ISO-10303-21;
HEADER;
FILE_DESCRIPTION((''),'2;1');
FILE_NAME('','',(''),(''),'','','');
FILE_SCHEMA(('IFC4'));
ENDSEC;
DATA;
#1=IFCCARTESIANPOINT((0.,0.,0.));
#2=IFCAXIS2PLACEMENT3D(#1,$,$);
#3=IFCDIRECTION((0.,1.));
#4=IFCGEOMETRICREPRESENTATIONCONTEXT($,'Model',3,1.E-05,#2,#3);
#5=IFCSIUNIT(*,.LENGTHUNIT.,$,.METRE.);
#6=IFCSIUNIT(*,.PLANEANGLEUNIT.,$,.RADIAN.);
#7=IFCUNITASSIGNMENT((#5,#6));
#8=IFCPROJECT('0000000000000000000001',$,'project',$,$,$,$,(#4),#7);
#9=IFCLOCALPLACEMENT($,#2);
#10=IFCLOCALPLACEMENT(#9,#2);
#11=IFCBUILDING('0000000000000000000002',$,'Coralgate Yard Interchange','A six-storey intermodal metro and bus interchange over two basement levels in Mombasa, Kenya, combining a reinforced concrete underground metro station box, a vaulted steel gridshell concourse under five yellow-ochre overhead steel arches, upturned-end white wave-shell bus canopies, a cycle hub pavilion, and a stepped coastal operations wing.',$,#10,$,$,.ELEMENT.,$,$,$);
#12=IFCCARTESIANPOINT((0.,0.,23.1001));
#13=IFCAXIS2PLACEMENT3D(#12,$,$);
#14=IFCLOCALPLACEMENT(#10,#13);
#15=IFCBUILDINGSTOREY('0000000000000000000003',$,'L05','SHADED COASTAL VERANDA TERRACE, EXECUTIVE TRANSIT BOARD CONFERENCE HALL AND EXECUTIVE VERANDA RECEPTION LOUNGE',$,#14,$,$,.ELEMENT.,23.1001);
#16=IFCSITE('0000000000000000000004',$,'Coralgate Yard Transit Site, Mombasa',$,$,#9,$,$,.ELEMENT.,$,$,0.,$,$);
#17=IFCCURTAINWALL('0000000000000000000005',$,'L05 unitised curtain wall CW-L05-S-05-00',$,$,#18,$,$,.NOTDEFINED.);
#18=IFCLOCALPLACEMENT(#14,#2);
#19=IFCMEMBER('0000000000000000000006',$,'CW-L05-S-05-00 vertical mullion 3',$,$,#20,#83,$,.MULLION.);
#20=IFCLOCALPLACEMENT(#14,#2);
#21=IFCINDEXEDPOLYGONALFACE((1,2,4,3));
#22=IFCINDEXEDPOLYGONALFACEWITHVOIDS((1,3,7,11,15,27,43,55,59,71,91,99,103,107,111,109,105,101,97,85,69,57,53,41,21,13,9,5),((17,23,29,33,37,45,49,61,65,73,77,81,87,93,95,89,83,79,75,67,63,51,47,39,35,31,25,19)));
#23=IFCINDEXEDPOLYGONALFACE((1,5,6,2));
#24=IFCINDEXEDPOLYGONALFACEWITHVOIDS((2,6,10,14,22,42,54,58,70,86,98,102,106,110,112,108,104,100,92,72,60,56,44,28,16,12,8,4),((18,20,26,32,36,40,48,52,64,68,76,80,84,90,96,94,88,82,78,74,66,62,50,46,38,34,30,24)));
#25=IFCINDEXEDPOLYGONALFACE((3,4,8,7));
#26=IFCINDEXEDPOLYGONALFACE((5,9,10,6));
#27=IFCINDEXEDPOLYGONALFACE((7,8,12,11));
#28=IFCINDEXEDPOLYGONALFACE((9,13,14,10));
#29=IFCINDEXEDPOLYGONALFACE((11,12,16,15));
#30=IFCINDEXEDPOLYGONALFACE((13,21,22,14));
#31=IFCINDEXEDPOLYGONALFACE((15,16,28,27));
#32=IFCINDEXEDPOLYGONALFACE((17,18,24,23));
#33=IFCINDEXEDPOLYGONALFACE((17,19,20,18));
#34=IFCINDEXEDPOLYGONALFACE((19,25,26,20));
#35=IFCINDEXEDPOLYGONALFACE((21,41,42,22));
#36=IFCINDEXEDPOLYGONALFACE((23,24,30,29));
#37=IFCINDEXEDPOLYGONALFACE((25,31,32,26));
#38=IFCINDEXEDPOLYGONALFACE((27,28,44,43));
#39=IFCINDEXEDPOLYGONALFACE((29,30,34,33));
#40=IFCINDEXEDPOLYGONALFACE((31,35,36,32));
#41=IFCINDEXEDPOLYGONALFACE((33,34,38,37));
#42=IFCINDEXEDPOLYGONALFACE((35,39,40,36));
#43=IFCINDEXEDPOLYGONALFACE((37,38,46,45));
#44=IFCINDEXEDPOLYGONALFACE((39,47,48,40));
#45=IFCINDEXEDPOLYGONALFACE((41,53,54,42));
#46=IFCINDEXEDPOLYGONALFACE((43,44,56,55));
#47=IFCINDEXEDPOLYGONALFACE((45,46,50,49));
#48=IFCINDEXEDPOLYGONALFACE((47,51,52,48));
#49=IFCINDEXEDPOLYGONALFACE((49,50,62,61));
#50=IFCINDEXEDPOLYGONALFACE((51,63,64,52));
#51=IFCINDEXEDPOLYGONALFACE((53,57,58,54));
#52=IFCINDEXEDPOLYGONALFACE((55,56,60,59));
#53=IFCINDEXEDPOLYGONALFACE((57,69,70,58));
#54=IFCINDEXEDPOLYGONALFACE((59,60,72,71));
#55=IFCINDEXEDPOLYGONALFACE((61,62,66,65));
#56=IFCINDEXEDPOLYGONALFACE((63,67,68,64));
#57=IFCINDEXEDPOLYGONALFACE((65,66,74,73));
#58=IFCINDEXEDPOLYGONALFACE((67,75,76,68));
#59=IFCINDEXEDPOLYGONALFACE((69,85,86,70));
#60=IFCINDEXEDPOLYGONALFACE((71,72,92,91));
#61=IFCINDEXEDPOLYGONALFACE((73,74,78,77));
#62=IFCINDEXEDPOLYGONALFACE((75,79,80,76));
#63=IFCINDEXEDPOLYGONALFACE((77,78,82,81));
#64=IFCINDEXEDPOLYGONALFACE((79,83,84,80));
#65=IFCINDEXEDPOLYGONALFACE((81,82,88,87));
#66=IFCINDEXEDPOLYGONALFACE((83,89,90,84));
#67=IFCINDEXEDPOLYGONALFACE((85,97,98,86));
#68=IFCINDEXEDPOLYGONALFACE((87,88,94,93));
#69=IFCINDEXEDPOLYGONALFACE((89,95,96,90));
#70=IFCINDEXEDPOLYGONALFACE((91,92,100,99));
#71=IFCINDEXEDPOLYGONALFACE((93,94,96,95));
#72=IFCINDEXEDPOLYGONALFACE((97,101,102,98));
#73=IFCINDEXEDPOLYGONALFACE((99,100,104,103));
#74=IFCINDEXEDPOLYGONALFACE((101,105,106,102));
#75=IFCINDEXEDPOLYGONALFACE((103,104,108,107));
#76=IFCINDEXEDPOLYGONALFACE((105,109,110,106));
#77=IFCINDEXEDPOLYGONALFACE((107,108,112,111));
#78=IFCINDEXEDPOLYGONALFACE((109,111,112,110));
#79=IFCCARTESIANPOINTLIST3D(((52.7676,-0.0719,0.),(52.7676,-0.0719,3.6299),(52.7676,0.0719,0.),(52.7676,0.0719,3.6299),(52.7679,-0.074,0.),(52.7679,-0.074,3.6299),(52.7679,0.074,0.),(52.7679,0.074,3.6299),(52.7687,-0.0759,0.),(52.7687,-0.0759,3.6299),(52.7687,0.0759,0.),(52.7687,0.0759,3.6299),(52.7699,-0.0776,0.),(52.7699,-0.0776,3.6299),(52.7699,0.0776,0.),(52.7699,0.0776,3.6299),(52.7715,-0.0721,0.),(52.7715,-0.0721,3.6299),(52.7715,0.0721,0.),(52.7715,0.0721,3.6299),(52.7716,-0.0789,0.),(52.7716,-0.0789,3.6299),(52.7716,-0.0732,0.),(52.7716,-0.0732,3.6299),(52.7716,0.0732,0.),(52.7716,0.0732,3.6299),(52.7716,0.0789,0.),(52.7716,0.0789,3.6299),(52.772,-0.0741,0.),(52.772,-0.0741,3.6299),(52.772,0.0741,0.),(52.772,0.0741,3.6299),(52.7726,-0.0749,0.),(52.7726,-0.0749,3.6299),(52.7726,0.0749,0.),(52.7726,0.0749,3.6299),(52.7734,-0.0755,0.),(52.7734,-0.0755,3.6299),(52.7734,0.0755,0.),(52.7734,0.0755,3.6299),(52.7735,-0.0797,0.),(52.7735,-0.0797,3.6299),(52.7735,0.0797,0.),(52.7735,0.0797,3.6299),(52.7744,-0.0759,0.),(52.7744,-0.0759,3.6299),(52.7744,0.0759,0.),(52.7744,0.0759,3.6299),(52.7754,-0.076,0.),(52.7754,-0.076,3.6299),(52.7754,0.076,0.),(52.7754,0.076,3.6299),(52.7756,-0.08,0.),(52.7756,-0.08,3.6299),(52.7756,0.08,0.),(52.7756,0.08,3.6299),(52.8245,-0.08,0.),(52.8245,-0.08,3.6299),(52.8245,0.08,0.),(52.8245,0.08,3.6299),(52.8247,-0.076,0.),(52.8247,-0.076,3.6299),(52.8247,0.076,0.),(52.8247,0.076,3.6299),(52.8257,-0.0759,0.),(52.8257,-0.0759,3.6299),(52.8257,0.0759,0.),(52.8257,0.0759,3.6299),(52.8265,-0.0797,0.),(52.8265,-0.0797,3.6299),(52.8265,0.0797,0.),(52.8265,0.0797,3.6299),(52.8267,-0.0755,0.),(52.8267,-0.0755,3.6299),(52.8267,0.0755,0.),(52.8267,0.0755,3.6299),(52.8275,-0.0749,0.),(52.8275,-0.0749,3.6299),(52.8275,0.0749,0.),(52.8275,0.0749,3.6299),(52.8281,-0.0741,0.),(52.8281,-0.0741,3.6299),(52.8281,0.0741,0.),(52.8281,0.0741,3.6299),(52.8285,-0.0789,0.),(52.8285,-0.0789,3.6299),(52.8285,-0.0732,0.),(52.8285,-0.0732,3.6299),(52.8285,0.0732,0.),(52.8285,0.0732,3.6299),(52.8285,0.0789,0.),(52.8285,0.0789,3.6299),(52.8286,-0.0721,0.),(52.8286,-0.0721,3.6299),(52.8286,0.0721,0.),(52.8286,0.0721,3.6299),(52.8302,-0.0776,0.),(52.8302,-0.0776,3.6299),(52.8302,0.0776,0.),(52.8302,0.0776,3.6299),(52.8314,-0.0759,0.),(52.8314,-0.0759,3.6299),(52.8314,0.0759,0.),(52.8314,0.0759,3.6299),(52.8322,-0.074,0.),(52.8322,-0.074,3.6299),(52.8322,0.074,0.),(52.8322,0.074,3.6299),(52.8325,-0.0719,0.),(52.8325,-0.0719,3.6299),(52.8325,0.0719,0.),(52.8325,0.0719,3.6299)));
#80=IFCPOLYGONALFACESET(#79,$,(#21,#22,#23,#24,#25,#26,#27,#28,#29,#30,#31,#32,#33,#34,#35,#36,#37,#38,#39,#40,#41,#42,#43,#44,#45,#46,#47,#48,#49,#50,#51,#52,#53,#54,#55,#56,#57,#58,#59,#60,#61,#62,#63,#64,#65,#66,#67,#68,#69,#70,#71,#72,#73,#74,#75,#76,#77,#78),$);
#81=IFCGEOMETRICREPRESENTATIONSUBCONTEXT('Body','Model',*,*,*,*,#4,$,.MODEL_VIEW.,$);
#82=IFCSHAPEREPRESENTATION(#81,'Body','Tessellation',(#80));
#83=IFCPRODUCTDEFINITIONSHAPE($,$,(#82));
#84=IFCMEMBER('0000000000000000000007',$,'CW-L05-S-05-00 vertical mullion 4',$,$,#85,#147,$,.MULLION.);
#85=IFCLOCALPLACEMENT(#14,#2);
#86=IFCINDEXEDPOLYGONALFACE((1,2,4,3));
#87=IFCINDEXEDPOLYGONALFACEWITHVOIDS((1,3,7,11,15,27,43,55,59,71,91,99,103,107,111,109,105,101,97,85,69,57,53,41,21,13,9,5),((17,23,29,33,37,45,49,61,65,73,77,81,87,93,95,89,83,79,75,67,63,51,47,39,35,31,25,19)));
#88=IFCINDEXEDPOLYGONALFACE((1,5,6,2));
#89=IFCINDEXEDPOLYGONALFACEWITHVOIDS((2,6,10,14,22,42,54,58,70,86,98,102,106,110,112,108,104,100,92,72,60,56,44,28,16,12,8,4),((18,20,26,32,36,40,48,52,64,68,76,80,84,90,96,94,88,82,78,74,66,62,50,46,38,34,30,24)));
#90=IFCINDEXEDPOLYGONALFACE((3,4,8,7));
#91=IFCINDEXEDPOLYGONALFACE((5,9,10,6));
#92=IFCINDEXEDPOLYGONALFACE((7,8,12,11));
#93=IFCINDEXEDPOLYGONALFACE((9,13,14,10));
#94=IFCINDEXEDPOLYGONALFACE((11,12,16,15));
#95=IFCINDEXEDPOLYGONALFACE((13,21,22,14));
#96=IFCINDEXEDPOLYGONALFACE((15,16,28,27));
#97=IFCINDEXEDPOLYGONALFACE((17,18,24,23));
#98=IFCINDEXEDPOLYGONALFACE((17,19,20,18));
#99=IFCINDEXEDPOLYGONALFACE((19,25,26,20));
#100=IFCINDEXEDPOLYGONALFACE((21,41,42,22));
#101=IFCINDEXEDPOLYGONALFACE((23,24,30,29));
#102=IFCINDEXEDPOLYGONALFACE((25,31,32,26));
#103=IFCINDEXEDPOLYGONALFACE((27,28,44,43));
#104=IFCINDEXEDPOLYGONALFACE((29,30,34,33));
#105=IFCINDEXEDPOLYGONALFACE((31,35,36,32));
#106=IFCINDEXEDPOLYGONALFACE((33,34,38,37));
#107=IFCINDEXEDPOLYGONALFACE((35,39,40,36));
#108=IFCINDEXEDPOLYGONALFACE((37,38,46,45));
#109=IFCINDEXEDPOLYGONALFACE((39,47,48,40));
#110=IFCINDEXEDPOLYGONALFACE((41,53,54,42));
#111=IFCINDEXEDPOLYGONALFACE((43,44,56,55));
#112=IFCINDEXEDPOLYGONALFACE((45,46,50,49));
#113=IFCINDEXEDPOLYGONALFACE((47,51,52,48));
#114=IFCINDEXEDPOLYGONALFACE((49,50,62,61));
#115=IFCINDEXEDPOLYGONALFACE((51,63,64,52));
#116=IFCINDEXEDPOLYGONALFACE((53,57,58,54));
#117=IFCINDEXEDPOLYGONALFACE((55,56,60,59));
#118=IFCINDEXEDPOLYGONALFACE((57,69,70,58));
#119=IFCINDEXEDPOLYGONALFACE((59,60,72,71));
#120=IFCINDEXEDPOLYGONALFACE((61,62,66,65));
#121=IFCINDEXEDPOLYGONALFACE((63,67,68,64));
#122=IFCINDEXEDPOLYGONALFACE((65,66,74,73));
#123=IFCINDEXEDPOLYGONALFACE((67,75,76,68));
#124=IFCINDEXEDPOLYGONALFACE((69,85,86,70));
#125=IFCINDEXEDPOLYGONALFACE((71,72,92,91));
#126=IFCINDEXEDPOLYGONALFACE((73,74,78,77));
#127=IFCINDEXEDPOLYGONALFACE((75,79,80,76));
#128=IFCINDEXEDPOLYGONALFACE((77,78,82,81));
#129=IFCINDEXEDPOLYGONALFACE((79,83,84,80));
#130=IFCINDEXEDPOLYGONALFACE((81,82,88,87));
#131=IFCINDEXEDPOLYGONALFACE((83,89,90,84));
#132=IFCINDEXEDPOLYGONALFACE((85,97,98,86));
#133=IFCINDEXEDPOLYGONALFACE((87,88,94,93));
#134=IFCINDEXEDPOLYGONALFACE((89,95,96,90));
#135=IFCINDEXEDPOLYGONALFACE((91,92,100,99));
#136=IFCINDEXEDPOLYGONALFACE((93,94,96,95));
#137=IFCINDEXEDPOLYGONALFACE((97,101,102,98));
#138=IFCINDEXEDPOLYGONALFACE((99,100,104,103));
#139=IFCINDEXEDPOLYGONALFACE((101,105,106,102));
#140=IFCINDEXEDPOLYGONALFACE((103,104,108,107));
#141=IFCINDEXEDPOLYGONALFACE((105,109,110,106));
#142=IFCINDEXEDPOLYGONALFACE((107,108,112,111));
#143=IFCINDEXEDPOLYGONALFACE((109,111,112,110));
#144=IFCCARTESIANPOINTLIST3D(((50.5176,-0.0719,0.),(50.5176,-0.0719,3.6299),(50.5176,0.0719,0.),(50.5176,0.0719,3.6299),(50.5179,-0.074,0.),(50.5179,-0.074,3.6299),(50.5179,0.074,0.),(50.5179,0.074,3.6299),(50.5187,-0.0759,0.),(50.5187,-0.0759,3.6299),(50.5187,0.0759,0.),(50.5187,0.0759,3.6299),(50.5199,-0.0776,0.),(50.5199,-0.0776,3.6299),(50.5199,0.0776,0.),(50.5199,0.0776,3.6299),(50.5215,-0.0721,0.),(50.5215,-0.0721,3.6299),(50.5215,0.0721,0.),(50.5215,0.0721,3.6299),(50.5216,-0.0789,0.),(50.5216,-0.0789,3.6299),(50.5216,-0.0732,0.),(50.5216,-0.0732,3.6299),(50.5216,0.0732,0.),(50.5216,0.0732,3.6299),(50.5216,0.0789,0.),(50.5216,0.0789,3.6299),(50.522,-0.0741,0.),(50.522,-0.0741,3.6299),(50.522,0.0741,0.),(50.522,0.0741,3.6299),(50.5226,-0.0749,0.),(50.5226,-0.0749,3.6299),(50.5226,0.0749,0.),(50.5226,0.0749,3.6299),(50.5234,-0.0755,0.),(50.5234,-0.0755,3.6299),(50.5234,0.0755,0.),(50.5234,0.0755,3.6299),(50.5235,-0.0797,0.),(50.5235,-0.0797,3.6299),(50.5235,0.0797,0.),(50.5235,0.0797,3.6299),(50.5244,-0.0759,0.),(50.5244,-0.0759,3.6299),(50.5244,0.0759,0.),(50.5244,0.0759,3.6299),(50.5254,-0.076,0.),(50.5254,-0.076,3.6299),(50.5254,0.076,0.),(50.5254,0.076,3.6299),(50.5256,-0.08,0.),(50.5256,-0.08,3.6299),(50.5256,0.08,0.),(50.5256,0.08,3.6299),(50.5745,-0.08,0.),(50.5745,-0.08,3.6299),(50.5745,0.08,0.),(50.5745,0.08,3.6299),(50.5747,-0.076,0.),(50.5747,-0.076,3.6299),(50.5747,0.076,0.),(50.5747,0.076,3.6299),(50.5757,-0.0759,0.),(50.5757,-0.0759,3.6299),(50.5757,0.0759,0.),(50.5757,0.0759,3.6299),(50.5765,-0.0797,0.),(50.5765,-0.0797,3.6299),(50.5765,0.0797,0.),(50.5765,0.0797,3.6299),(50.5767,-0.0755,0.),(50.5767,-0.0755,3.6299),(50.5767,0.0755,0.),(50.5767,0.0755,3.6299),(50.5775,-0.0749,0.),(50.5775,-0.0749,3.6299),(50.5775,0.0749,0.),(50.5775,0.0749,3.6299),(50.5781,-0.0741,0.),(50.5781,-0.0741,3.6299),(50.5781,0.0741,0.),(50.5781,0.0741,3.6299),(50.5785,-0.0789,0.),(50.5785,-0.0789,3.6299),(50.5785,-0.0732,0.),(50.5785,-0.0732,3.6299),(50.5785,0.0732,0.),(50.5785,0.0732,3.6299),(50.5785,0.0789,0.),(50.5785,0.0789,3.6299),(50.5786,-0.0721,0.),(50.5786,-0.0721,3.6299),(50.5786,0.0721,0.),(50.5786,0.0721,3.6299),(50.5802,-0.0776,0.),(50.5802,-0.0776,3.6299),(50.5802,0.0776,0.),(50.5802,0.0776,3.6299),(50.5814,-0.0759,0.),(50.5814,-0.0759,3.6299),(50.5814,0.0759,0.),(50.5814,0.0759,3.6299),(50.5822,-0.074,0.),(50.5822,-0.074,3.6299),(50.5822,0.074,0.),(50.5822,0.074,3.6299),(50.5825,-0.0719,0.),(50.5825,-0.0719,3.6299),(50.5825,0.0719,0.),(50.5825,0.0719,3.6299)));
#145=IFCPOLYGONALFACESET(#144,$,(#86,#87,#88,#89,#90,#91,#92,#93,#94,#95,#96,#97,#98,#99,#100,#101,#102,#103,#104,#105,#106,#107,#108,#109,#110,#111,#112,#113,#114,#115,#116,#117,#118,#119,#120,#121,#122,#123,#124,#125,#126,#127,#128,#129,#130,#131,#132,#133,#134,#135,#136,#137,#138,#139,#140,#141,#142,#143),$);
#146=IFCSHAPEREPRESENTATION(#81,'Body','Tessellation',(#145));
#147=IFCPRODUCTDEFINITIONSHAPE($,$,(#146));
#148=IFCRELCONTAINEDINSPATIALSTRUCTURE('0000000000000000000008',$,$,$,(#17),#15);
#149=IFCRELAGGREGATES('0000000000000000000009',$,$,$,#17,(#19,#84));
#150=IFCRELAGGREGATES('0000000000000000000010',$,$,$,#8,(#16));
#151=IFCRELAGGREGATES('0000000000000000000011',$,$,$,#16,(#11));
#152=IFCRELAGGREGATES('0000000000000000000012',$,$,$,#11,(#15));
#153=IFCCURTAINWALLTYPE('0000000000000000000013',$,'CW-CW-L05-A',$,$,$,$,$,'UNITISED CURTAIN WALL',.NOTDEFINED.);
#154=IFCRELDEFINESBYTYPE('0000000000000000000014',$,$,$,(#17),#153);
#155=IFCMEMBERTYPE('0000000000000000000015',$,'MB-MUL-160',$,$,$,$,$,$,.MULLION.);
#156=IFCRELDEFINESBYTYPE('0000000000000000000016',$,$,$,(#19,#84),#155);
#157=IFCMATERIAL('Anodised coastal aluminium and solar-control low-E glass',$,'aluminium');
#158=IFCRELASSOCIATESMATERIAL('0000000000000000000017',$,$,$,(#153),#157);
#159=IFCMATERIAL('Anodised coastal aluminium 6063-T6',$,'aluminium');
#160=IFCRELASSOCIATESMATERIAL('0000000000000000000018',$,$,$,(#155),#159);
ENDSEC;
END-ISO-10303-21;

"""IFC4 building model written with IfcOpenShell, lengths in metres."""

from ifc_helpers import new_model, si_unit, direction, frame, origin, origin_2d, place, context, subcontext, project, spatial, hollow_rectangle, extrude, material, material_profile, profile_set, type_object, element, aggregate, save


model = new_model("IFC4")

# Units and contexts
model_context = context("Model", 3, precision=1e-05, world=origin(), true_north=direction((0.0, 1.0)))
body_context = subcontext(model_context, "Body", "Model", "MODEL_VIEW")
ifc_project = project(units=[si_unit("LENGTHUNIT", "METRE"), si_unit("PLANEANGLEUNIT", "RADIAN")], contexts=[model_context])

# Site, building, storey
site_placement = place(None, origin())
site = spatial("IfcSite", under=ifc_project, at=site_placement, Name="Coralgate Yard Transit Site, Mombasa", CompositionType="ELEMENT", RefElevation=0.0)
building_placement = place(site_placement, origin())
building = spatial("IfcBuilding", under=site, at=building_placement, Name="Coralgate Yard Interchange", Description="A six-storey intermodal metro and bus interchange over two basement levels in Mombasa, Kenya, combining a reinforced concrete underground metro station box, a vaulted steel gridshell concourse under five yellow-ochre overhead steel arches, upturned-end white wave-shell bus canopies, a cycle hub pavilion, and a stepped coastal operations wing.", CompositionType="ELEMENT")
storey_placement = place(building_placement, frame((0.0, 0.0, 23.1001)))
storey = spatial("IfcBuildingStorey", under=building, at=storey_placement, Name="L05", Description="SHADED COASTAL VERANDA TERRACE, EXECUTIVE TRANSIT BOARD CONFERENCE HALL AND EXECUTIVE VERANDA RECEPTION LOUNGE", CompositionType="ELEMENT", Elevation=23.1001)

# Curtain wall, members
ifc_material_1 = material(Name="Anodised coastal aluminium and solar-control low-E glass", Category="aluminium")
curtain_wall_type = type_object("IfcCurtainWallType", Name="CW-CW-L05-A", ElementType="UNITISED CURTAIN WALL", PredefinedType="NOTDEFINED", material=ifc_material_1)
curtain_wall_placement = place(storey_placement, origin())
curtain_wall = element("IfcCurtainWall", 1, at=curtain_wall_placement, inside=storey, type_object=curtain_wall_type, Name="L05 unitised curtain wall CW-L05-S-05-00", PredefinedType="NOTDEFINED")
ifc_material_2 = material(Name="Anodised coastal aluminium 6063-T6", Category="aluminium")
ifc_material_profile_1 = material_profile(ifc_material_2, hollow_rectangle(XDim=0.0649, YDim=0.1599, WallThickness=0.0039, InnerFilletRadius=0.0039, OuterFilletRadius=0.0081, at=origin_2d()), Name="ALU 65x160x4")
ifc_profile_set_1 = profile_set([ifc_material_profile_1], Name="Anodised coastal aluminium 6063-T6")
member_type_1 = type_object("IfcMemberType", Name="MB-MUL-160", PredefinedType="MULLION", material=ifc_profile_set_1)
member_1_placement = place(storey_placement, frame((52.8, 0.0, 0.0), z_axis=(0.0, 0.0, 1.0), x_axis=(1.0, 0.0, 0.0)))
member_1 = element("IfcMember", 2, at=member_1_placement, type_object=member_type_1, Name="CW-L05-S-05-00 vertical mullion 3", PredefinedType="MULLION", context=body_context, shape_type="SweptSolid", body=[
    extrude(hollow_rectangle(XDim=0.0649, YDim=0.1599, WallThickness=0.0039, InnerFilletRadius=0.0039, OuterFilletRadius=0.0081, at=origin_2d()), origin(), (0.0, 0.0, 1.0), 3.6299),
])
member_2_placement = place(storey_placement, frame((50.55, 0.0, 0.0), z_axis=(0.0, 0.0, 1.0), x_axis=(1.0, 0.0, 0.0)))
member_2 = element("IfcMember", 3, at=member_2_placement, type_object=member_type_1, Name="CW-L05-S-05-00 vertical mullion 4", PredefinedType="MULLION", context=body_context, shape_type="SweptSolid", body=[
    extrude(hollow_rectangle(XDim=0.0649, YDim=0.1599, WallThickness=0.0039, InnerFilletRadius=0.0039, OuterFilletRadius=0.0081, at=origin_2d()), origin(), (0.0, 0.0, 1.0), 3.6299),
])
aggregate(curtain_wall, [member_1, member_2])

save(model, "model.ifc")
